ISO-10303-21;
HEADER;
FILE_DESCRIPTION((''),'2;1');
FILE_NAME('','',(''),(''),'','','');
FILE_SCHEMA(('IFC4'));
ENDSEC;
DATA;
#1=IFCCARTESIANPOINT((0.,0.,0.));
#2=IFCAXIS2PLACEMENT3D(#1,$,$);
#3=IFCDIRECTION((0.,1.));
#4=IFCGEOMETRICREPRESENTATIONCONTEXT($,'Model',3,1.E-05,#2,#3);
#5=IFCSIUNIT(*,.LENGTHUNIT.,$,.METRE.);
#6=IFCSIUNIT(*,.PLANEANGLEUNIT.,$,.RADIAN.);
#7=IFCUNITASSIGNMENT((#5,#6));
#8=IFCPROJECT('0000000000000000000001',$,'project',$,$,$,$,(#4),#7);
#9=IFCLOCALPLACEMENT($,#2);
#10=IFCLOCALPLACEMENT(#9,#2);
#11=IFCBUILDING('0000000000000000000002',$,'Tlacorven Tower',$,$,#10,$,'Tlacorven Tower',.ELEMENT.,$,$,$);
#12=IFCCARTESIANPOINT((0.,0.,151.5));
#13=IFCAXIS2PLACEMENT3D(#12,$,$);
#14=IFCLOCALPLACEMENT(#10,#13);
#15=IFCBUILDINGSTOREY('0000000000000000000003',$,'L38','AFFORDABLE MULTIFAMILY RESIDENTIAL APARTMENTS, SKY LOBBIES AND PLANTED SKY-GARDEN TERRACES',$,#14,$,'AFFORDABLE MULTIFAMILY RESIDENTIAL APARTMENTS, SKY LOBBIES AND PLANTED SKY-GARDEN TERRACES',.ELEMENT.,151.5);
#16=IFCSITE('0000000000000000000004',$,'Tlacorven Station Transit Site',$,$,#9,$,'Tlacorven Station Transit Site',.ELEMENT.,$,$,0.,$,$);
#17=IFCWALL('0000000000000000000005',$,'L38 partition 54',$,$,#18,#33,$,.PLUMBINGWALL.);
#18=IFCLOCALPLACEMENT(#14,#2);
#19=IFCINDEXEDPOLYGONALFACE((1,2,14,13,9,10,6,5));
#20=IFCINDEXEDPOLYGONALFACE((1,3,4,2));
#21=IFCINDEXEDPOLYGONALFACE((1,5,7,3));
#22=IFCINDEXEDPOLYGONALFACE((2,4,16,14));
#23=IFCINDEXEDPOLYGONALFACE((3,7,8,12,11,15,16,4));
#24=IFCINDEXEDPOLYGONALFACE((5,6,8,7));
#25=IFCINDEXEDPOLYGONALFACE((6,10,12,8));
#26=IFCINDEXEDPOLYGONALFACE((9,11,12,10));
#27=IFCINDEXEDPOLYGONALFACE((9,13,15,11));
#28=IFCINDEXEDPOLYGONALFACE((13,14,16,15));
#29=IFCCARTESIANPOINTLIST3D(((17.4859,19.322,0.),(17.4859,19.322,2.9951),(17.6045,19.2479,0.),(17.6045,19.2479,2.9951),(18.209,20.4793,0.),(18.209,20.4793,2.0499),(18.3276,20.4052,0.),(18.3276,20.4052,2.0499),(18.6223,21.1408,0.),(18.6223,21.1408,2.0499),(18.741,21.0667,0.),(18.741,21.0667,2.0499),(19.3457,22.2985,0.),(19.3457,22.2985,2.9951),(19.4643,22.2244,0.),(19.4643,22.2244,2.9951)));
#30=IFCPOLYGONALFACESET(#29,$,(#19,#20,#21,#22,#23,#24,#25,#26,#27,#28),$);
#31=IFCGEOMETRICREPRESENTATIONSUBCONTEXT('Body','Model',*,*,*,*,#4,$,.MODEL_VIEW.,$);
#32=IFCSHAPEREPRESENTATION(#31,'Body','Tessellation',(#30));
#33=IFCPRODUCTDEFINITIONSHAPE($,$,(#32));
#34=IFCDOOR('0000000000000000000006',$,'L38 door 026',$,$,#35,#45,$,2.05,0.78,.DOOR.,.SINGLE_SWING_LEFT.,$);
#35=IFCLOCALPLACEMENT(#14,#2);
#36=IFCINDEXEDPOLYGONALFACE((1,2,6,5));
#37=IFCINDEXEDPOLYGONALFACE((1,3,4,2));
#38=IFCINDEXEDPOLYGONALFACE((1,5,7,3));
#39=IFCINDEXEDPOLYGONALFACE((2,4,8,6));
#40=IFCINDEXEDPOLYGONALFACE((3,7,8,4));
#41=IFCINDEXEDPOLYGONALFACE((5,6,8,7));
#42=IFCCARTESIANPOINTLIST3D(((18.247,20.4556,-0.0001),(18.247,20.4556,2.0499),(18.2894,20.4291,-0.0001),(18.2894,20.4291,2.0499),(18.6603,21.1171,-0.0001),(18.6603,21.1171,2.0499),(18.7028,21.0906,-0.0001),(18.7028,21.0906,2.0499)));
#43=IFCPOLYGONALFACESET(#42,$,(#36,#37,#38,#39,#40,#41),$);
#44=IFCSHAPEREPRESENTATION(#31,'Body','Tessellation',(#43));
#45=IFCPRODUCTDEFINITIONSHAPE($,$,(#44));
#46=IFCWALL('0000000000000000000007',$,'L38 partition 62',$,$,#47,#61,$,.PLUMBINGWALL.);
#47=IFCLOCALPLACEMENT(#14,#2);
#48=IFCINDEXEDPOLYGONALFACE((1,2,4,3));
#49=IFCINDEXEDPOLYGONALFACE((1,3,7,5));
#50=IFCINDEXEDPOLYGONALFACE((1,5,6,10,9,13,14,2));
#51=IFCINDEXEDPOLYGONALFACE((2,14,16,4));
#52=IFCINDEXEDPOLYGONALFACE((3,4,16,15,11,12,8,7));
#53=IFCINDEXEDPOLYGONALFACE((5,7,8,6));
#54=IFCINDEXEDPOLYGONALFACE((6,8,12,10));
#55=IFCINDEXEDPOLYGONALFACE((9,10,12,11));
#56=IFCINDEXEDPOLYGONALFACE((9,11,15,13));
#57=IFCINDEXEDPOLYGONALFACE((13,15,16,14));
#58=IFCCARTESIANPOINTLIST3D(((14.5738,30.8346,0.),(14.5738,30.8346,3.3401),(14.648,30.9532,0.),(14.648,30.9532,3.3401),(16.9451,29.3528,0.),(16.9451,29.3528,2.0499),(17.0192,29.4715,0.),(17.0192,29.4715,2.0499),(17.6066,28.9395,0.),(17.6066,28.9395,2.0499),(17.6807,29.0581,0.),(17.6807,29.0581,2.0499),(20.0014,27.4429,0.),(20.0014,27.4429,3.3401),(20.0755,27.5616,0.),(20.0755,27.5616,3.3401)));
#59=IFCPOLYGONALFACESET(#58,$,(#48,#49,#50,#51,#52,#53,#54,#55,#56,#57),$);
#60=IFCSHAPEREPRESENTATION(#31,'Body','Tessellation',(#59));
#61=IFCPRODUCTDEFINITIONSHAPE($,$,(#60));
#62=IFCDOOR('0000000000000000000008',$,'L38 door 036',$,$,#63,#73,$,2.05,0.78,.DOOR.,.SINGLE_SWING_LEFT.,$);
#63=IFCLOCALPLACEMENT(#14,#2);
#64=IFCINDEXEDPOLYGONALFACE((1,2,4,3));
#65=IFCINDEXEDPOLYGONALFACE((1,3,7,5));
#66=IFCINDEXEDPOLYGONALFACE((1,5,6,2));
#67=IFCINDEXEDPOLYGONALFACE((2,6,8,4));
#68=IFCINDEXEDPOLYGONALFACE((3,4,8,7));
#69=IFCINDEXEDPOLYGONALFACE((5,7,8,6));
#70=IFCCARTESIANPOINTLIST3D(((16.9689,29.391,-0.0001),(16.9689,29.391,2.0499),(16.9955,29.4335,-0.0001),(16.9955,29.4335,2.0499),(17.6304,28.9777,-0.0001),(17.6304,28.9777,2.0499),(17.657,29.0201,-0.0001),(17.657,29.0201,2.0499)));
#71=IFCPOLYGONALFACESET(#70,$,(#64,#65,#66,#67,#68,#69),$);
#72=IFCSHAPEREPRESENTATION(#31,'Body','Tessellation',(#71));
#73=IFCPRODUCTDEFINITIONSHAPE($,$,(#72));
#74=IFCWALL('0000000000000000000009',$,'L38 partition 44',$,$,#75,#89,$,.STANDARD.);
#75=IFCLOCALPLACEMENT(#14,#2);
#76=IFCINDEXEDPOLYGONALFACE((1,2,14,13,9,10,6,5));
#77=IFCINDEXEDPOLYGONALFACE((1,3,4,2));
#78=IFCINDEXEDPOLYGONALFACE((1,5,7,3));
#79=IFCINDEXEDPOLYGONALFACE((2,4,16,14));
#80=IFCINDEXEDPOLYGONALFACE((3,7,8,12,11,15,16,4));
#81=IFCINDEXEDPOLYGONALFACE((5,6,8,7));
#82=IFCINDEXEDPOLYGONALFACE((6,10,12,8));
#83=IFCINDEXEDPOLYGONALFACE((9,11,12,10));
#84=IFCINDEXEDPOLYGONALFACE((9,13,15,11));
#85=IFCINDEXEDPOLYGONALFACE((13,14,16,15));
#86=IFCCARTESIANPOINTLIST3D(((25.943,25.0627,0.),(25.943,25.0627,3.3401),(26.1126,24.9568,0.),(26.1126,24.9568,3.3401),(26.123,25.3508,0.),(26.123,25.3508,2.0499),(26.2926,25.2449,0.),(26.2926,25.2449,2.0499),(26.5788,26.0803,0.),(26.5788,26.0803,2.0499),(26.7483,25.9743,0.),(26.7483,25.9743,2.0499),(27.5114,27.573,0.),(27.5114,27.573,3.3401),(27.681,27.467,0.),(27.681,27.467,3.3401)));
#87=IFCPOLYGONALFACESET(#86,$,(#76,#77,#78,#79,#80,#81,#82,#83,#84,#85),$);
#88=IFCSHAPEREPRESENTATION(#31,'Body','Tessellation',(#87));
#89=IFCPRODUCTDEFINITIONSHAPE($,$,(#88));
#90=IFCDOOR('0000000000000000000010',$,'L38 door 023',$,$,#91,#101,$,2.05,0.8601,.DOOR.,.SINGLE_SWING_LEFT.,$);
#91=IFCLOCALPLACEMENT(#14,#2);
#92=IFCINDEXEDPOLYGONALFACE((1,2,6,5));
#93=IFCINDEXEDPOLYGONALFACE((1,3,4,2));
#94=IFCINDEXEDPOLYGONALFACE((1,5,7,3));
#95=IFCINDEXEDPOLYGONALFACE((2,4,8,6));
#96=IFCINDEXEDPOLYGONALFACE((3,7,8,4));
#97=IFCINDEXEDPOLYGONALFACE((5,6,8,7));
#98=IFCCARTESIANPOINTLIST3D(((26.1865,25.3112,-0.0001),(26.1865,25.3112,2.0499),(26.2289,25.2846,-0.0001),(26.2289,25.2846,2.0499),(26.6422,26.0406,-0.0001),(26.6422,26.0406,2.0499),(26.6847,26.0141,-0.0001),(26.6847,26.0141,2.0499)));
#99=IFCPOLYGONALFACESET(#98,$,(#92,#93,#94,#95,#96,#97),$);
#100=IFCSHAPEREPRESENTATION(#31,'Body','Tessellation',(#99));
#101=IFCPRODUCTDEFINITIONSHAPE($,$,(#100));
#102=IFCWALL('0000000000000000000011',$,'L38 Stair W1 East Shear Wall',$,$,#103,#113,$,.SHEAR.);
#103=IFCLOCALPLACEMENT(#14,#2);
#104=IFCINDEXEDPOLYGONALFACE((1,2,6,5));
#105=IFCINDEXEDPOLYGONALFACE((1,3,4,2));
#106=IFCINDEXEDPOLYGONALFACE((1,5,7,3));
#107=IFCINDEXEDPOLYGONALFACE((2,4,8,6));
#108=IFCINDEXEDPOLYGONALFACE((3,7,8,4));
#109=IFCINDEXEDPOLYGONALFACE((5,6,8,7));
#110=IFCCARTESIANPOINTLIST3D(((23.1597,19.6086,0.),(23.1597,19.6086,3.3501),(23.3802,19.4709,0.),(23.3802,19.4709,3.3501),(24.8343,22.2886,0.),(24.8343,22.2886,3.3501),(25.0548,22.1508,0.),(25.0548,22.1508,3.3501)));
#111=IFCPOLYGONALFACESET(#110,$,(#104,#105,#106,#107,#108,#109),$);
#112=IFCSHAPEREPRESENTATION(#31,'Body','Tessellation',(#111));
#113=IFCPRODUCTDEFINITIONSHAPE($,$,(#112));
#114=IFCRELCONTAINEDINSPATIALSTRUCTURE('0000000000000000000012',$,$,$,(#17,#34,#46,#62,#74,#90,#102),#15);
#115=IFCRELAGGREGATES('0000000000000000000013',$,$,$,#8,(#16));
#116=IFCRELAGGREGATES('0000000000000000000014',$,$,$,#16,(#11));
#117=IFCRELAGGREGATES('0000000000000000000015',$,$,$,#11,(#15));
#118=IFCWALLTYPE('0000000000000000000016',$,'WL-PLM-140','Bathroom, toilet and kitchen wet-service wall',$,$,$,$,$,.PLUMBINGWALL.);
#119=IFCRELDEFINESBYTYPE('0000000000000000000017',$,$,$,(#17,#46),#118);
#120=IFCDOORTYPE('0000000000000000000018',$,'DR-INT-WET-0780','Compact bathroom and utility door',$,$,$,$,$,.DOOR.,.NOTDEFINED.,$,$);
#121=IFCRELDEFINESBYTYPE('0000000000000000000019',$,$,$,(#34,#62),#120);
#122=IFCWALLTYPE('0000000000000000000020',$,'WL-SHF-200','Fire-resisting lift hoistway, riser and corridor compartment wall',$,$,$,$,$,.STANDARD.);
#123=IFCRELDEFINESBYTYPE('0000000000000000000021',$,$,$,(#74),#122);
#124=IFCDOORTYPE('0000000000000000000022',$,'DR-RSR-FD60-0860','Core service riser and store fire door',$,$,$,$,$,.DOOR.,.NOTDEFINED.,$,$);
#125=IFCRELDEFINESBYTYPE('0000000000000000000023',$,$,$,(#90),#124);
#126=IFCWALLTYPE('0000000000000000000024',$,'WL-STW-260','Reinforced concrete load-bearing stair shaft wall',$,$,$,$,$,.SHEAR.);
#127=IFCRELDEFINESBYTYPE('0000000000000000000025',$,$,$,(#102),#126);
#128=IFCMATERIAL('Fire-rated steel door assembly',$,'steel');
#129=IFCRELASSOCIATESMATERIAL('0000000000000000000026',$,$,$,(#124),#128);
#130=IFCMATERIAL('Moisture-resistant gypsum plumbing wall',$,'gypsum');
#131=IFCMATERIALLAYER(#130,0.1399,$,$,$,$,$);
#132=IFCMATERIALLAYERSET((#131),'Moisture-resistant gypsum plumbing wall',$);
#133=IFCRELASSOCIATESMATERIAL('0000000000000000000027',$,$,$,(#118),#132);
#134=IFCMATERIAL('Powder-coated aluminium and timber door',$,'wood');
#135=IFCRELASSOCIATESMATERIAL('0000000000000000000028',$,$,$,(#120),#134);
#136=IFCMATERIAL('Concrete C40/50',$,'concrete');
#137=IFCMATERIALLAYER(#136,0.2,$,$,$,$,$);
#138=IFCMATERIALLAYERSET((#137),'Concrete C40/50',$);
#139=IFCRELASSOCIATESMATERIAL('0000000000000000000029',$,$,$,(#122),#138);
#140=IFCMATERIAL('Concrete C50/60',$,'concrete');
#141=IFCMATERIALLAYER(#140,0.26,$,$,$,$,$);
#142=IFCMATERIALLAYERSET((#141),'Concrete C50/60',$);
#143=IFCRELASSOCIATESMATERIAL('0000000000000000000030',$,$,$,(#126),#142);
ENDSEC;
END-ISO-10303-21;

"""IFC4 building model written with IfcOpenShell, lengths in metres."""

from ifc_helpers import new_model, si_unit, direction, frame, frame_2d, origin, place, context, subcontext, project, spatial, rectangle, extrude, source, transform, mapped, material, layer, layer_set, type_object, element, fill, save


model = new_model("IFC4")

# Units and contexts
model_context = context("Model", 3, precision=1e-05, world=origin(), true_north=direction((0.0, 1.0)))
body_context = subcontext(model_context, "Body", "Model", "MODEL_VIEW")
ifc_project = project(units=[si_unit("LENGTHUNIT", "METRE"), si_unit("PLANEANGLEUNIT", "RADIAN")], contexts=[model_context])

# Site, building, storey
site_placement = place(None, origin())
site = spatial("IfcSite", under=ifc_project, at=site_placement, Name="Tlacorven Station Transit Site", LongName="Tlacorven Station Transit Site", CompositionType="ELEMENT", RefElevation=0.0)
building_placement = place(site_placement, origin())
building = spatial("IfcBuilding", under=site, at=building_placement, Name="Tlacorven Tower", LongName="Tlacorven Tower", CompositionType="ELEMENT")
storey_placement = place(building_placement, frame((0.0, 0.0, 151.5)))
storey = spatial("IfcBuildingStorey", under=building, at=storey_placement, Name="L38", Description="AFFORDABLE MULTIFAMILY RESIDENTIAL APARTMENTS, SKY LOBBIES AND PLANTED SKY-GARDEN TERRACES", LongName="AFFORDABLE MULTIFAMILY RESIDENTIAL APARTMENTS, SKY LOBBIES AND PLANTED SKY-GARDEN TERRACES", CompositionType="ELEMENT", Elevation=151.5)

# Shared definitions
ifc_material_1 = material(Name="Fire-rated steel door assembly", Category="steel")
door_type_1 = type_object("IfcDoorType", Name="DR-RSR-FD60-0860", Description="Core service riser and store fire door", OperationType="NOTDEFINED", PredefinedType="DOOR", material=ifc_material_1)
shared_shape_1 = source(origin(), body_context, "Body", "SweptSolid", [
    extrude(rectangle(XDim=0.8601, YDim=2.05, at=frame_2d((0.4302, 1.0249))), frame((0.0, 0.0249, 0.0), z_axis=(0.0, -1.0, 0.0), x_axis=(1.0, 0.0, 0.0)), (0.0, 0.0, 1.0), 0.05),
])

# Walls, openings, doors
ifc_material_2 = material(Name="Moisture-resistant gypsum plumbing wall", Category="gypsum")
ifc_layer_1 = layer(ifc_material_2, 0.1399)
ifc_layer_set_1 = layer_set([ifc_layer_1], Name="Moisture-resistant gypsum plumbing wall")
wall_type_1 = type_object("IfcWallType", Name="WL-PLM-140", Description="Bathroom, toilet and kitchen wet-service wall", PredefinedType="PLUMBINGWALL", material=ifc_layer_set_1)
wall_1_placement = place(storey_placement, frame((19.405, 22.2615, 0.0), z_axis=(0.0, 0.0, 1.0), x_axis=(-0.529899, -0.848061, 0.0)))
wall_1 = element("IfcWall", 1, at=wall_1_placement, inside=storey, type_object=wall_type_1, Name="L38 partition 54", PredefinedType="PLUMBINGWALL", context=body_context, shape_type="SweptSolid", body=[
    extrude(rectangle(XDim=3.5098, YDim=0.1399, at=frame_2d((1.7549, 0.0))), origin(), (0.0, 0.0, 1.0), 2.9951),
])
opening_1_placement = place(wall_1_placement, frame((1.365, 0.0, 0.0)))
opening_1 = element("IfcOpeningElement", 2, at=opening_1_placement, cuts=wall_1, PredefinedType="OPENING", context=body_context, shape_type="SweptSolid", body=[
    extrude(rectangle(XDim=0.78, YDim=2.05, at=frame_2d((0.3901, 1.0249))), frame((0.0, 0.0801, 0.0), z_axis=(0.0, -1.0, 0.0), x_axis=(1.0, 0.0, 0.0)), (0.0, 0.0, 1.0), 0.1599),
])
ifc_material_3 = material(Name="Powder-coated aluminium and timber door", Category="wood")
door_type_2 = type_object("IfcDoorType", Name="DR-INT-WET-0780", Description="Compact bathroom and utility door", OperationType="NOTDEFINED", PredefinedType="DOOR", material=ifc_material_3)
shared_shape_2 = source(origin(), body_context, "Body", "SweptSolid", [
    extrude(rectangle(XDim=0.78, YDim=2.05, at=frame_2d((0.3901, 1.0249))), frame((0.0, 0.0249, 0.0), z_axis=(0.0, -1.0, 0.0), x_axis=(1.0, 0.0, 0.0)), (0.0, 0.0, 1.0), 0.05),
])
door_1_placement = place(opening_1_placement, origin())
door_1 = element("IfcDoor", 3, at=door_1_placement, inside=storey, type_object=door_type_2, Name="L38 door 026", OperationType="SINGLE_SWING_LEFT", OverallHeight=2.05, OverallWidth=0.78, PredefinedType="DOOR", context=body_context, shape_type="MappedRepresentation", body=[
    mapped(shared_shape_2, transform((0.0, 0.0, 0.0), scale=1.0)),
])
fill(opening_1, door_1)
wall_2_placement = place(storey_placement, frame((20.0386, 27.5022, 0.0), z_axis=(0.0, 0.0, 1.0), x_axis=(-0.848039, 0.529934, 0.0)))
wall_2 = element("IfcWall", 4, at=wall_2_placement, inside=storey, type_object=wall_type_1, Name="L38 partition 62", PredefinedType="PLUMBINGWALL", context=body_context, shape_type="SweptSolid", body=[
    extrude(rectangle(XDim=6.4001, YDim=0.1399, at=frame_2d((3.2002, 0.0))), origin(), (0.0, 0.0, 1.0), 3.3401),
])
opening_2_placement = place(wall_2_placement, frame((2.824, 0.0, 0.0)))
opening_2 = element("IfcOpeningElement", 5, at=opening_2_placement, cuts=wall_2, PredefinedType="OPENING", context=body_context, shape_type="SweptSolid", body=[
    extrude(rectangle(XDim=0.78, YDim=2.05, at=frame_2d((0.3901, 1.0249))), frame((0.0, 0.0801, 0.0), z_axis=(0.0, -1.0, 0.0), x_axis=(1.0, 0.0, 0.0)), (0.0, 0.0, 1.0), 0.1599),
])
door_2_placement = place(opening_2_placement, origin())
door_2 = element("IfcDoor", 6, at=door_2_placement, inside=storey, type_object=door_type_2, Name="L38 door 036", OperationType="SINGLE_SWING_LEFT", OverallHeight=2.05, OverallWidth=0.78, PredefinedType="DOOR", context=body_context, shape_type="MappedRepresentation", body=[
    mapped(shared_shape_2, transform((0.0, 0.0, 0.0), scale=1.0)),
])
fill(opening_2, door_2)
ifc_material_4 = material(Name="Concrete C40/50", Category="concrete")
ifc_layer_2 = layer(ifc_material_4, 0.2)
ifc_layer_set_2 = layer_set([ifc_layer_2], Name="Concrete C40/50")
wall_type_2 = type_object("IfcWallType", Name="WL-SHF-200", Description="Fire-resisting lift hoistway, riser and corridor compartment wall", PredefinedType="STANDARD", material=ifc_layer_set_2)
wall_3_placement = place(storey_placement, frame((27.5962, 27.52, 0.0), z_axis=(0.0, 0.0, 1.0), x_axis=(-0.529865, -0.848082, 0.0)))
wall_3 = element("IfcWall", 7, at=wall_3_placement, inside=storey, type_object=wall_type_2, Name="L38 partition 44", PredefinedType="STANDARD", context=body_context, shape_type="SweptSolid", body=[
    extrude(rectangle(XDim=2.96, YDim=0.2, at=frame_2d((1.48, 0.0))), origin(), (0.0, 0.0, 1.0), 3.3401),
])
opening_3_placement = place(wall_3_placement, frame((1.76, 0.0, 0.0)))
opening_3 = element("IfcOpeningElement", 8, at=opening_3_placement, cuts=wall_3, PredefinedType="OPENING", context=body_context, shape_type="SweptSolid", body=[
    extrude(rectangle(XDim=0.8601, YDim=2.05, at=frame_2d((0.4302, 1.0249))), frame((0.0, 0.1099, 0.0), z_axis=(0.0, -1.0, 0.0), x_axis=(1.0, 0.0, 0.0)), (0.0, 0.0, 1.0), 0.22),
])
door_3_placement = place(opening_3_placement, origin())
door_3 = element("IfcDoor", 9, at=door_3_placement, inside=storey, type_object=door_type_1, Name="L38 door 023", OperationType="SINGLE_SWING_LEFT", OverallHeight=2.05, OverallWidth=0.8601, PredefinedType="DOOR", context=body_context, shape_type="MappedRepresentation", body=[
    mapped(shared_shape_1, transform((0.0, 0.0, 0.0), scale=1.0)),
])
fill(opening_3, door_3)

# Wall
ifc_material_5 = material(Name="Concrete C50/60", Category="concrete")
ifc_layer_3 = layer(ifc_material_5, 0.26)
ifc_layer_set_3 = layer_set([ifc_layer_3], Name="Concrete C50/60")
wall_type_3 = type_object("IfcWallType", Name="WL-STW-260", Description="Reinforced concrete load-bearing stair shaft wall", PredefinedType="SHEAR", material=ifc_layer_set_3)
wall_4_placement = place(storey_placement, frame((24.9446, 22.2197, 0.0), z_axis=(0.0, 0.0, 1.0), x_axis=(-0.529909, -0.848055, 0.0)))
element("IfcWall", 10, at=wall_4_placement, inside=storey, type_object=wall_type_3, Name="L38 Stair W1 East Shear Wall", PredefinedType="SHEAR", context=body_context, shape_type="SweptSolid", body=[
    extrude(rectangle(XDim=3.1602, YDim=0.26, at=frame_2d((1.5801, 0.0))), origin(), (0.0, 0.0, 1.0), 3.3501),
])

save(model, "model.ifc")
